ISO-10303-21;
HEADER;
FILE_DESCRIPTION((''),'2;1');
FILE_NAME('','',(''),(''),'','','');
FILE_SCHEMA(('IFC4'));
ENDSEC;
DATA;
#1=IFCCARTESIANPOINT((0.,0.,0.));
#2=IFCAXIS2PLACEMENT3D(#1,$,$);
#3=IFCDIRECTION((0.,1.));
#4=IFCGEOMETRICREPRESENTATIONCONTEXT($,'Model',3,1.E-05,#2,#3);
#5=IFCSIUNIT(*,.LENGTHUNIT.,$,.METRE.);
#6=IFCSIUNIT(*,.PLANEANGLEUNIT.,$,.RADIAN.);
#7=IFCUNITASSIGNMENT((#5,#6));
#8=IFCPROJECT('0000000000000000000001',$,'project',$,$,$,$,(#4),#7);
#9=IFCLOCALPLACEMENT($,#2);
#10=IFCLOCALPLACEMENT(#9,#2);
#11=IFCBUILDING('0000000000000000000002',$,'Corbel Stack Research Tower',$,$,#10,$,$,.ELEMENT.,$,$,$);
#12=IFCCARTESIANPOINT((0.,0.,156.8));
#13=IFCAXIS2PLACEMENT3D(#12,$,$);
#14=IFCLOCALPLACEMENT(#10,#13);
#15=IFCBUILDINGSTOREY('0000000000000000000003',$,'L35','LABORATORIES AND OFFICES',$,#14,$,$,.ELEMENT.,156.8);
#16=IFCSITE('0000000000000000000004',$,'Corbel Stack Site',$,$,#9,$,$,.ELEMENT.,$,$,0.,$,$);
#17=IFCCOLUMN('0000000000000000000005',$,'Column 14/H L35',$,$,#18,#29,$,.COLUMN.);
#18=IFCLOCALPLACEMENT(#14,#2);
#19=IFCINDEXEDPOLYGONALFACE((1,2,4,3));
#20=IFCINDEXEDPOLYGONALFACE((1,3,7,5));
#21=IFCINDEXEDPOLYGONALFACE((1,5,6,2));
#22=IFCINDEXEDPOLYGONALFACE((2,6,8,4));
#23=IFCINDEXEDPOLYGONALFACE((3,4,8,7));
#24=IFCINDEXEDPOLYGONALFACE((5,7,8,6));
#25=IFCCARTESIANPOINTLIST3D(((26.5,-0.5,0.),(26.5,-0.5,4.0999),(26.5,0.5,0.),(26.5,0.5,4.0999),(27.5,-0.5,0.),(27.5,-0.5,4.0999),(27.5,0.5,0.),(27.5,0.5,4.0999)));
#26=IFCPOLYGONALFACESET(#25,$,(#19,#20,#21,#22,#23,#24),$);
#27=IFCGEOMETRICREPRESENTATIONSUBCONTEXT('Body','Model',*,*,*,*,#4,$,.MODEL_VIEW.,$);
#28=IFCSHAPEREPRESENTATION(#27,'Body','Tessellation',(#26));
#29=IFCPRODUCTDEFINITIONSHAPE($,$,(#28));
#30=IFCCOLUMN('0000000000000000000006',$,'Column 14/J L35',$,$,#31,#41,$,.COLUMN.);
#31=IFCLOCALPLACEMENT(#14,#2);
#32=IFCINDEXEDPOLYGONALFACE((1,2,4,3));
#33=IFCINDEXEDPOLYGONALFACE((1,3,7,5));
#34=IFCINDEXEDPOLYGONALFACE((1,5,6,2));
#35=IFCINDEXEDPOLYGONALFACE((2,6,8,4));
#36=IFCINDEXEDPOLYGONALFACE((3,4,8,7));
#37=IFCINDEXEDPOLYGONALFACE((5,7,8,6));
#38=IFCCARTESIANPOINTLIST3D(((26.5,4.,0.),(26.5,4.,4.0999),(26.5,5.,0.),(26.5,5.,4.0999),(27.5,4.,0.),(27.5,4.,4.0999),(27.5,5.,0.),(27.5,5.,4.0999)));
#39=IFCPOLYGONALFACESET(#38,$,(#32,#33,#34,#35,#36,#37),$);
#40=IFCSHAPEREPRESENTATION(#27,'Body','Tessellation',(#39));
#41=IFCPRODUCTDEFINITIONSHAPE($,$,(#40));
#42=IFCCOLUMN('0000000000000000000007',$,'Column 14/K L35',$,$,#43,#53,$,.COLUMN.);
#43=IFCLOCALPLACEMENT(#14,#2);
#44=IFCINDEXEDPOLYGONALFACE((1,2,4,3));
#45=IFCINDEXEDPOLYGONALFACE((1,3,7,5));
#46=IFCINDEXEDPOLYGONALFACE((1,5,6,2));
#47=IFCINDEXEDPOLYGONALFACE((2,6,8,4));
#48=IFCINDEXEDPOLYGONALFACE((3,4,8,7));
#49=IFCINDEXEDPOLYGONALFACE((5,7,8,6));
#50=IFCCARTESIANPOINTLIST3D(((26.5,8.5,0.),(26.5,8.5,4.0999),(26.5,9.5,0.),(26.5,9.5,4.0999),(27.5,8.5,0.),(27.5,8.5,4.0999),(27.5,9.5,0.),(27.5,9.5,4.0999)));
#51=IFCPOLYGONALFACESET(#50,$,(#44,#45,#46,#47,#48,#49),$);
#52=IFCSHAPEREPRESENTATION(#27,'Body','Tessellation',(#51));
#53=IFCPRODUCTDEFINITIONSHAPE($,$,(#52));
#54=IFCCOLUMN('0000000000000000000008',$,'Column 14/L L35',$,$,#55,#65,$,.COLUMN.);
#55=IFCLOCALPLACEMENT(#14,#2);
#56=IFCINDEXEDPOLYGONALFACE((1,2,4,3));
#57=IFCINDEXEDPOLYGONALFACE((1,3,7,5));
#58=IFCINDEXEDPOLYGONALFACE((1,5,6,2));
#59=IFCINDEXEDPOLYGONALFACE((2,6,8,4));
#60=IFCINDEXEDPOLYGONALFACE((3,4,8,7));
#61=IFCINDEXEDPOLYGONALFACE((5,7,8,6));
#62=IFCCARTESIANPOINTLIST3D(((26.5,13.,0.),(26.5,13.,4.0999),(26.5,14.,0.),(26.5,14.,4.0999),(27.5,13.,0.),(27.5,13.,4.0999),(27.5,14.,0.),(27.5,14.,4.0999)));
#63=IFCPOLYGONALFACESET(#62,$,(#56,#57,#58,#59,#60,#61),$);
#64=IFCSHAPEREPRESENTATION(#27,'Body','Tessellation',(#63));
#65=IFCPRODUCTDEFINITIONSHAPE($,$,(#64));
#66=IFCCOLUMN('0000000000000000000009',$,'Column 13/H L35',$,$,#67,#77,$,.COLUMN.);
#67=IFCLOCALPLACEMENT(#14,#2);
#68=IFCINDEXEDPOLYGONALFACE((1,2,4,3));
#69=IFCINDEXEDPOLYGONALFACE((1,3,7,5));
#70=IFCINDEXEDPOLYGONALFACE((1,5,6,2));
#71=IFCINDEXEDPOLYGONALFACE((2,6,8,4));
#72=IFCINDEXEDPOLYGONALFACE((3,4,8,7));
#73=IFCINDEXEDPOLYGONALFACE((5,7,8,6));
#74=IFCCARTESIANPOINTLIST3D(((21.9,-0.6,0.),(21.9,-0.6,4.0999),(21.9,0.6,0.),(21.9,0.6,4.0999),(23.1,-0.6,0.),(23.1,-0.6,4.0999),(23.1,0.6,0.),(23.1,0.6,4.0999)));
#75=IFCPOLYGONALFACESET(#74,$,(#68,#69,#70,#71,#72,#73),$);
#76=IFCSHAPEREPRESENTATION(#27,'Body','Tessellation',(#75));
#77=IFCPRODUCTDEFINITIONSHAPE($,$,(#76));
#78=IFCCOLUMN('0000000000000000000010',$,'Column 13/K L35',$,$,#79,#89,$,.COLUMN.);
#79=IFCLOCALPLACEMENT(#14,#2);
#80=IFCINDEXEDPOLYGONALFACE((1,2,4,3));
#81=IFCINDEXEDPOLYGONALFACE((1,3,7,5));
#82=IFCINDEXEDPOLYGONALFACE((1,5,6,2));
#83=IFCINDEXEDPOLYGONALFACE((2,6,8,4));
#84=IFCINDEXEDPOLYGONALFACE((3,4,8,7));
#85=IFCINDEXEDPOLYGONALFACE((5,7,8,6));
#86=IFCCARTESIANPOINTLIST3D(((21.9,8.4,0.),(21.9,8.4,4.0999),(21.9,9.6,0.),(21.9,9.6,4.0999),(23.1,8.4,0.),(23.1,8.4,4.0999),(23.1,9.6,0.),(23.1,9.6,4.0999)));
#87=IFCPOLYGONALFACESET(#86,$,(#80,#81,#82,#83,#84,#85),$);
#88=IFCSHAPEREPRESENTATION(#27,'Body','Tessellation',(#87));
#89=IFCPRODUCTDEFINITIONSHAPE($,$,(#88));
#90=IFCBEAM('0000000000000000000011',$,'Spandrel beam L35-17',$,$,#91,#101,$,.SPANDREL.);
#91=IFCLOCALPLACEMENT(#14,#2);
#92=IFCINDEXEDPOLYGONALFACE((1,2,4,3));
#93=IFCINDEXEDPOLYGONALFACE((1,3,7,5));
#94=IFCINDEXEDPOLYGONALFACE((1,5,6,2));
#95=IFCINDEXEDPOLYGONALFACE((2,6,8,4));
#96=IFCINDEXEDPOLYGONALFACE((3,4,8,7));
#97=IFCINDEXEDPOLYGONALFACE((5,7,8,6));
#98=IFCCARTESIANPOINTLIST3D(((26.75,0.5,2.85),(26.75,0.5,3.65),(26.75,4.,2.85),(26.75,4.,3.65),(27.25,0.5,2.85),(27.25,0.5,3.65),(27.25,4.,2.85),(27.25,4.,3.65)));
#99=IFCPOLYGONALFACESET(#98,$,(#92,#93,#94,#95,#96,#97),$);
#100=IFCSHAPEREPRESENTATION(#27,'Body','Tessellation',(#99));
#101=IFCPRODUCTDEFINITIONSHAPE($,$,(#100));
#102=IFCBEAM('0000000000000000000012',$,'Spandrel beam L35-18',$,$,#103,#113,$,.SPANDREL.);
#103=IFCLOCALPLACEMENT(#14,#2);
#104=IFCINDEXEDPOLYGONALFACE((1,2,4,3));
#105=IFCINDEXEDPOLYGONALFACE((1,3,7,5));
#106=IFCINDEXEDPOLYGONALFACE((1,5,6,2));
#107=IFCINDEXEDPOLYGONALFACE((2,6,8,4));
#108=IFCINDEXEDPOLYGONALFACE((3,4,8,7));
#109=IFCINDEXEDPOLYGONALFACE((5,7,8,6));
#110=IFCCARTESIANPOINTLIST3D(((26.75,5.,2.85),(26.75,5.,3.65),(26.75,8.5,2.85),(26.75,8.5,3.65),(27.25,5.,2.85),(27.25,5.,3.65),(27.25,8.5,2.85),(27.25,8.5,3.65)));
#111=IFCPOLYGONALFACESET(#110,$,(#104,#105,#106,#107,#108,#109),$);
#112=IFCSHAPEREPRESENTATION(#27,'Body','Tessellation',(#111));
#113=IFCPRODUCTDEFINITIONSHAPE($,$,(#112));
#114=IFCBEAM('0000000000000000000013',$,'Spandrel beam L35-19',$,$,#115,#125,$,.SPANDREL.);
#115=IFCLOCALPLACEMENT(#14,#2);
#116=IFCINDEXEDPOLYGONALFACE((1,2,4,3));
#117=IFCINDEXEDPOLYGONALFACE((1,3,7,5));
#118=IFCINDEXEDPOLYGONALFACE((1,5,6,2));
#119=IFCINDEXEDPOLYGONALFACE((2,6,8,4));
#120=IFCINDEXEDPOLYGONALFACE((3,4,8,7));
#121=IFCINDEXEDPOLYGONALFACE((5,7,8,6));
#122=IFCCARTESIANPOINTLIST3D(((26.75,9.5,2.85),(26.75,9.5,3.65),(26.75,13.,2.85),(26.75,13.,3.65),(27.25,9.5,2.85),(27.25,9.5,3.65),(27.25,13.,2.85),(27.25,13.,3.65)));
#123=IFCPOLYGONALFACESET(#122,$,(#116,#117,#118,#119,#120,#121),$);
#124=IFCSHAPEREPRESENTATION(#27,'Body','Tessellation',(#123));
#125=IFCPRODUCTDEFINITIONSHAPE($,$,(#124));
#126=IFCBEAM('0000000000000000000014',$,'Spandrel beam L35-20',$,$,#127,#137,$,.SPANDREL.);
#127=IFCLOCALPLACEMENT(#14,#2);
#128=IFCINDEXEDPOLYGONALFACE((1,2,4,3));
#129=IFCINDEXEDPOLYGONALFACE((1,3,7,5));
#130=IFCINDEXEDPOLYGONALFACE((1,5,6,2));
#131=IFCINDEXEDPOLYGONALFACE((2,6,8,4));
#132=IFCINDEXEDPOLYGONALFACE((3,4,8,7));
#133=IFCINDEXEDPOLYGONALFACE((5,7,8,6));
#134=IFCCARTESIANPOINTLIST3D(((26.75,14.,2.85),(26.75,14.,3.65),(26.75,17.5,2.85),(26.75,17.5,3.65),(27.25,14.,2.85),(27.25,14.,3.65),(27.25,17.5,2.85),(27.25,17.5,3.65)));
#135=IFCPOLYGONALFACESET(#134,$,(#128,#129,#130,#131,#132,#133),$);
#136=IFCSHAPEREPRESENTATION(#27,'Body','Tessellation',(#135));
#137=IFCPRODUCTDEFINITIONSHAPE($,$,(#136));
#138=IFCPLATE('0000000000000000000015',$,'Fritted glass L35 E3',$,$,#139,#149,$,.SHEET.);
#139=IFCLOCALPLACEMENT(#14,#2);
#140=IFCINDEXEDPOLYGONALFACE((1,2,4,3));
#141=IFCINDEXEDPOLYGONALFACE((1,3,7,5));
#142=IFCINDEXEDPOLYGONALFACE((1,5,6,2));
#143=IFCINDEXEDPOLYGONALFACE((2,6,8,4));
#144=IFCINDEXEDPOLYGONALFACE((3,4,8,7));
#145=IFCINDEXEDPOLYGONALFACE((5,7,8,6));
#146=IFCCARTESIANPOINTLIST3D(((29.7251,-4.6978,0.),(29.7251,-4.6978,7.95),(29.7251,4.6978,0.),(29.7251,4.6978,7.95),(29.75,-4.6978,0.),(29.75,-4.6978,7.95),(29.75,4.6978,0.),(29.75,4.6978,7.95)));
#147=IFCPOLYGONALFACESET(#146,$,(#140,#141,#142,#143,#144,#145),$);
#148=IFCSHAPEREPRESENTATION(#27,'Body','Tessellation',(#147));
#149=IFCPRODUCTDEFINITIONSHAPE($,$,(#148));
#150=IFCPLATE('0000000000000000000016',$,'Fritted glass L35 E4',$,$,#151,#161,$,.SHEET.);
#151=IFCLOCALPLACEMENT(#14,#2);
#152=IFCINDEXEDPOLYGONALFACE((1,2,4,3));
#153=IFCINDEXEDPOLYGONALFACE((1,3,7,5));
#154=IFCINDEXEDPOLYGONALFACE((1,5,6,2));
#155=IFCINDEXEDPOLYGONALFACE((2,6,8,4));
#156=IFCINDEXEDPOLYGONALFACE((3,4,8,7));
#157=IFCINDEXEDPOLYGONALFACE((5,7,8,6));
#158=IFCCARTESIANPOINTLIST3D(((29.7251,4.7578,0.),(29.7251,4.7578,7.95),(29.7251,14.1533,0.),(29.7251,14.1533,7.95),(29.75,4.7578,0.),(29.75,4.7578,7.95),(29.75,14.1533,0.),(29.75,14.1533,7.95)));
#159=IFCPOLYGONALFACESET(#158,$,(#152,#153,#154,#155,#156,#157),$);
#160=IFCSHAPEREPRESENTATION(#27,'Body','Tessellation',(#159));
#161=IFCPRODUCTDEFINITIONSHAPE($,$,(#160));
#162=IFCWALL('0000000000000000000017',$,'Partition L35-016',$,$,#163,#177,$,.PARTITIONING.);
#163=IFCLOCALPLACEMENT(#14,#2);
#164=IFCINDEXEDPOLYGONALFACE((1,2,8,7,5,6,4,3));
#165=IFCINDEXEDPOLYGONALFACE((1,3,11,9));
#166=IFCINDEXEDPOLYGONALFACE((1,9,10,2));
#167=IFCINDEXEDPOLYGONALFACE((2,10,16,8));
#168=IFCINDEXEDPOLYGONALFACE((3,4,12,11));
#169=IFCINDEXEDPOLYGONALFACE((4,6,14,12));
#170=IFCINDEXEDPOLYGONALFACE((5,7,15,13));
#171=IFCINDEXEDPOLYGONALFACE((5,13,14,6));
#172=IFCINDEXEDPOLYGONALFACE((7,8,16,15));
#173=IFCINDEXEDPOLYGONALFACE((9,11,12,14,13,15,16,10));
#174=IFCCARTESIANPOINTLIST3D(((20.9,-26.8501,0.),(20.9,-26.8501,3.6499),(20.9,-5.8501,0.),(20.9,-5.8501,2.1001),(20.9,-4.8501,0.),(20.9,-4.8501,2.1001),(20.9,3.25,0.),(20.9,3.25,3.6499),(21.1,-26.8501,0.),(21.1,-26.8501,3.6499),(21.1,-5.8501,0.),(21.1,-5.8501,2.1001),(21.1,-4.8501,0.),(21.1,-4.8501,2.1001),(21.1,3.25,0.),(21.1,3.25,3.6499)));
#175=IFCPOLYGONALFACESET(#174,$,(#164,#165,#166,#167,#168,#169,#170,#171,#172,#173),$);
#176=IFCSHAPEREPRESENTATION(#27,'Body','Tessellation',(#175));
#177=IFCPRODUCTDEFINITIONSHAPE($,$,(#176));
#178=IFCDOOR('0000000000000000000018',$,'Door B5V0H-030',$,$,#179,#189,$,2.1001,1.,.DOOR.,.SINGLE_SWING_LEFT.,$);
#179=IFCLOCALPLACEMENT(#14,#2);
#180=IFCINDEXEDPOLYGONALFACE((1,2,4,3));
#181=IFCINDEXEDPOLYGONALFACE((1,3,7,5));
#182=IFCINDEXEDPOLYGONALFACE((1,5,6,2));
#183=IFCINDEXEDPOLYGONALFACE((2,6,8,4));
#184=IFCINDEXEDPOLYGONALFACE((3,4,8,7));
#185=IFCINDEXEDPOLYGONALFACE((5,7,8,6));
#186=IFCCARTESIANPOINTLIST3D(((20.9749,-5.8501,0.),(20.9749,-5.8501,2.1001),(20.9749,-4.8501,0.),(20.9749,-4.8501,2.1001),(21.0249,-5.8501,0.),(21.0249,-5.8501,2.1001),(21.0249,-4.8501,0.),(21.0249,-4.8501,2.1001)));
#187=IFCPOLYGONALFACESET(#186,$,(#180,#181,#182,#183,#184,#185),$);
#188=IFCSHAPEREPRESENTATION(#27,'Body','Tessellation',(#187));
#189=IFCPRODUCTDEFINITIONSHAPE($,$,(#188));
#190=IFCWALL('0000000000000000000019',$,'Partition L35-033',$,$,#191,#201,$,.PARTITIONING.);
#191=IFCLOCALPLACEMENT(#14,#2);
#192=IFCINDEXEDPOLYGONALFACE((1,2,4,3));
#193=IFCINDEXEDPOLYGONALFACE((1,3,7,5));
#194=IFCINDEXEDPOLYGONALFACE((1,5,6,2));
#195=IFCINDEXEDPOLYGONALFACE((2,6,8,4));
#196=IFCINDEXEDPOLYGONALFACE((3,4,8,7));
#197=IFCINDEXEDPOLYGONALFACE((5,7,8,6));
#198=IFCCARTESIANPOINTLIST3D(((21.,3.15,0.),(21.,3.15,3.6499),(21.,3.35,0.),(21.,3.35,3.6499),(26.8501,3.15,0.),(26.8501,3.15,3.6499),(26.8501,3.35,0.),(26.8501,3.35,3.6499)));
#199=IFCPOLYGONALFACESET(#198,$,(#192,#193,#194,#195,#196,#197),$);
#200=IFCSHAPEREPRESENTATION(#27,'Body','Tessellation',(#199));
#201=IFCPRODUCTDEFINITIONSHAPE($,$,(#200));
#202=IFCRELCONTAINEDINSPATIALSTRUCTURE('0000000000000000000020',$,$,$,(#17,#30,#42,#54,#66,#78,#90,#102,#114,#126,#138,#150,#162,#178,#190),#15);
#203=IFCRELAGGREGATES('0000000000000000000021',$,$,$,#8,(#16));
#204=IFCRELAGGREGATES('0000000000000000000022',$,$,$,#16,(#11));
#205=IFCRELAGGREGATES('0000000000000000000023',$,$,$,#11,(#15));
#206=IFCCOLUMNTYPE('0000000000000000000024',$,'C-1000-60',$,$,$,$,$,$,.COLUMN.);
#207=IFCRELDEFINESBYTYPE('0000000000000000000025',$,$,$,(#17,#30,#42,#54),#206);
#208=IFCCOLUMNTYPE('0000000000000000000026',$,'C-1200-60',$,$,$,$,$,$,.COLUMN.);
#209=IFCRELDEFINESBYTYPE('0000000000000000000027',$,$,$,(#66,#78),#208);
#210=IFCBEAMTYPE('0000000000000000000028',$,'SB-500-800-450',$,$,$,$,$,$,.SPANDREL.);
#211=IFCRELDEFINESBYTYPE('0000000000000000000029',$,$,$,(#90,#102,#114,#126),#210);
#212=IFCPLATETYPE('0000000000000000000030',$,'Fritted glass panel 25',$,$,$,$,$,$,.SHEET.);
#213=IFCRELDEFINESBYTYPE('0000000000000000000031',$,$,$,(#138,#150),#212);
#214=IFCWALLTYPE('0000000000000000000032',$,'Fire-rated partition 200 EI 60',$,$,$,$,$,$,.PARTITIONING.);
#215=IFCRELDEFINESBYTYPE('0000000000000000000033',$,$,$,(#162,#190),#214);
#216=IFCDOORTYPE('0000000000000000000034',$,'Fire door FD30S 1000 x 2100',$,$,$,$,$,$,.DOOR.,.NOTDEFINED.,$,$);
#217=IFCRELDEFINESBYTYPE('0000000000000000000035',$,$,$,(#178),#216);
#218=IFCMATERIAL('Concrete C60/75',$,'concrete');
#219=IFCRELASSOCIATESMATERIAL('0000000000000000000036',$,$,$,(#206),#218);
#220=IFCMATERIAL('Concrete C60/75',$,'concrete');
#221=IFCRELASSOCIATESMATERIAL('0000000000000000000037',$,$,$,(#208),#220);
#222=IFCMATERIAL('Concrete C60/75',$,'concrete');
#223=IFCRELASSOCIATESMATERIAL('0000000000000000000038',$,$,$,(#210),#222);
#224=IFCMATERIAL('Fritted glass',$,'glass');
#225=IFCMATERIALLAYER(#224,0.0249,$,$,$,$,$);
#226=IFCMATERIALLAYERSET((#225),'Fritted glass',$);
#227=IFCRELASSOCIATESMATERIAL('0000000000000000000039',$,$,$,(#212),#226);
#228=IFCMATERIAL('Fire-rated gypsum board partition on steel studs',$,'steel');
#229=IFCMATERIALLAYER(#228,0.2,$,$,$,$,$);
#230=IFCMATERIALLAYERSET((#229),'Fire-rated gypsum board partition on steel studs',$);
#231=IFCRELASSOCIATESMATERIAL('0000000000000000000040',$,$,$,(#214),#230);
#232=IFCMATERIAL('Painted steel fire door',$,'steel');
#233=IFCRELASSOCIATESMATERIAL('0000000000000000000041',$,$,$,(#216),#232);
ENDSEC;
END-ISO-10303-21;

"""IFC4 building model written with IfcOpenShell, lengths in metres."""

from ifc_helpers import new_model, si_unit, direction, frame, frame_2d, origin, origin_2d, place, context, subcontext, project, spatial, rectangle, extrude, material, layer, layer_set, material_profile, profile_set, type_object, element, fill, save


model = new_model("IFC4")

# Units and contexts
model_context = context("Model", 3, precision=1e-05, world=origin(), true_north=direction((0.0, 1.0)))
body_context = subcontext(model_context, "Body", "Model", "MODEL_VIEW")
ifc_project = project(units=[si_unit("LENGTHUNIT", "METRE"), si_unit("PLANEANGLEUNIT", "RADIAN")], contexts=[model_context])

# Site, building, storey
site_placement = place(None, origin())
site = spatial("IfcSite", under=ifc_project, at=site_placement, Name="Corbel Stack Site", CompositionType="ELEMENT", RefElevation=0.0)
building_placement = place(site_placement, origin())
building = spatial("IfcBuilding", under=site, at=building_placement, Name="Corbel Stack Research Tower", CompositionType="ELEMENT")
storey_placement = place(building_placement, frame((0.0, 0.0, 156.8)))
storey = spatial("IfcBuildingStorey", under=building, at=storey_placement, Name="L35", Description="LABORATORIES AND OFFICES", CompositionType="ELEMENT", Elevation=156.8)

# Columns
ifc_material_1 = material(Name="Concrete C60/75", Category="concrete")
ifc_material_profile_1 = material_profile(ifc_material_1, rectangle(XDim=1.0, YDim=1.0, at=origin_2d()), Name="RC 1000 x 1000")
ifc_profile_set_1 = profile_set([ifc_material_profile_1], Name="Concrete C60/75")
column_type_1 = type_object("IfcColumnType", Name="C-1000-60", PredefinedType="COLUMN", material=ifc_profile_set_1)
for number, where, z_axis, x_axis, name in (
    (1, (27.0, 0.0, 0.0), (0.0, 0.0, 1.0), (1.0, 0.0, 0.0), "Column 14/H L35"),
    (2, (27.0, 4.5, 0.0), (0.0, 0.0, 1.0), (1.0, 0.0, 0.0), "Column 14/J L35"),
    (3, (27.0, 9.0, 0.0), (0.0, 0.0, 1.0), (1.0, 0.0, 0.0), "Column 14/K L35"),
    (4, (27.0, 13.5, 0.0), (0.0, 0.0, 1.0), (1.0, 0.0, 0.0), "Column 14/L L35"),
):
    element("IfcColumn", number, at=place(storey_placement, frame(where, z_axis=z_axis, x_axis=x_axis)), inside=storey, type_object=column_type_1, Name=name, PredefinedType="COLUMN", context=body_context, shape_type="SweptSolid", body=[
        extrude(rectangle(XDim=1.0, YDim=1.0, at=origin_2d()), origin(), (0.0, 0.0, 1.0), 4.0999),
    ])
ifc_material_2 = material(Name="Concrete C60/75", Category="concrete")
ifc_material_profile_2 = material_profile(ifc_material_2, rectangle(XDim=1.2, YDim=1.2, at=origin_2d()), Name="RC 1200 x 1200")
ifc_profile_set_2 = profile_set([ifc_material_profile_2], Name="Concrete C60/75")
column_type_2 = type_object("IfcColumnType", Name="C-1200-60", PredefinedType="COLUMN", material=ifc_profile_set_2)
for number, where, z_axis, x_axis, name in (
    (5, (22.5, 0.0, 0.0), (0.0, 0.0, 1.0), (1.0, 0.0, 0.0), "Column 13/H L35"),
    (6, (22.5, 9.0, 0.0), (0.0, 0.0, 1.0), (1.0, 0.0, 0.0), "Column 13/K L35"),
):
    element("IfcColumn", number, at=place(storey_placement, frame(where, z_axis=z_axis, x_axis=x_axis)), inside=storey, type_object=column_type_2, Name=name, PredefinedType="COLUMN", context=body_context, shape_type="SweptSolid", body=[
        extrude(rectangle(XDim=1.2, YDim=1.2, at=origin_2d()), origin(), (0.0, 0.0, 1.0), 4.0999),
    ])

# Beams
ifc_material_3 = material(Name="Concrete C60/75", Category="concrete")
ifc_material_profile_3 = material_profile(ifc_material_3, rectangle(XDim=0.5, YDim=0.8, at=origin_2d()), Name="RC 500 x 800")
ifc_profile_set_3 = profile_set([ifc_material_profile_3], Name="Concrete C60/75")
beam_type = type_object("IfcBeamType", Name="SB-500-800-450", PredefinedType="SPANDREL", material=ifc_profile_set_3)
for number, where, z_axis, x_axis, name in (
    (7, (27.0, 0.5, 3.25), (0.0, 1.0, 0.0), (-1.0, 0.0, 0.0), "Spandrel beam L35-17"),
    (8, (27.0, 5.0, 3.25), (0.0, 1.0, 0.0), (-1.0, 0.0, 0.0), "Spandrel beam L35-18"),
    (9, (27.0, 9.5, 3.25), (0.0, 1.0, 0.0), (-1.0, 0.0, 0.0), "Spandrel beam L35-19"),
    (10, (27.0, 14.0, 3.25), (0.0, 1.0, 0.0), (-1.0, 0.0, 0.0), "Spandrel beam L35-20"),
):
    element("IfcBeam", number, at=place(storey_placement, frame(where, z_axis=z_axis, x_axis=x_axis)), inside=storey, type_object=beam_type, Name=name, PredefinedType="SPANDREL", context=body_context, shape_type="SweptSolid", body=[
        extrude(rectangle(XDim=0.5, YDim=0.8, at=origin_2d()), origin(), (0.0, 0.0, 1.0), 3.5),
    ])

# Plates
ifc_material_4 = material(Name="Fritted glass", Category="glass")
ifc_layer_1 = layer(ifc_material_4, 0.0249)
ifc_layer_set_1 = layer_set([ifc_layer_1], Name="Fritted glass")
plate_type = type_object("IfcPlateType", Name="Fritted glass panel 25", PredefinedType="SHEET", material=ifc_layer_set_1)
for number, where, z_axis, x_axis, name in (
    (11, (29.7375, 0.0, 0.0), (0.0, 0.0, 1.0), (0.0, 1.0, 0.0), "Fritted glass L35 E3"),
    (12, (29.7375, 9.4556, 0.0), (0.0, 0.0, 1.0), (0.0, 1.0, 0.0), "Fritted glass L35 E4"),
):
    element("IfcPlate", number, at=place(storey_placement, frame(where, z_axis=z_axis, x_axis=x_axis)), inside=storey, type_object=plate_type, Name=name, PredefinedType="SHEET", context=body_context, shape_type="SweptSolid", body=[
        extrude(rectangle(XDim=9.3955, YDim=0.0249, at=origin_2d()), origin(), (0.0, 0.0, 1.0), 7.95),
    ])

# Wall, opening, door
ifc_material_5 = material(Name="Fire-rated gypsum board partition on steel studs", Category="steel")
ifc_layer_2 = layer(ifc_material_5, 0.2)
ifc_layer_set_2 = layer_set([ifc_layer_2], Name="Fire-rated gypsum board partition on steel studs")
wall_type_1 = type_object("IfcWallType", Name="Fire-rated partition 200 EI 60", PredefinedType="PARTITIONING", material=ifc_layer_set_2)
wall_1_placement = place(storey_placement, frame((21.0, 3.25, 0.0), z_axis=(0.0, 0.0, 1.0), x_axis=(0.0, -1.0, 0.0)))
wall_1 = element("IfcWall", 13, at=wall_1_placement, inside=storey, type_object=wall_type_1, Name="Partition L35-016", PredefinedType="PARTITIONING", context=body_context, shape_type="SweptSolid", body=[
    extrude(rectangle(XDim=30.1001, YDim=0.2, at=frame_2d((15.05, 0.0))), origin(), (0.0, 0.0, 1.0), 3.6499),
])
opening_1_placement = place(wall_1_placement, frame((8.1001, 0.0, 0.0)))
opening_1 = element("IfcOpeningElement", 14, at=opening_1_placement, cuts=wall_1, PredefinedType="OPENING", context=body_context, shape_type="SweptSolid", body=[
    extrude(rectangle(XDim=1.0, YDim=2.1001, at=frame_2d((0.5, 1.05))), frame((0.0, 0.1099, 0.0), z_axis=(0.0, -1.0, 0.0), x_axis=(1.0, 0.0, 0.0)), (0.0, 0.0, 1.0), 0.22),
])
ifc_material_6 = material(Name="Painted steel fire door", Category="steel")
door_type_1 = type_object("IfcDoorType", Name="Fire door FD30S 1000 x 2100", OperationType="NOTDEFINED", PredefinedType="DOOR", material=ifc_material_6)
door_1_placement = place(opening_1_placement, origin())
door_1 = element("IfcDoor", 15, at=door_1_placement, inside=storey, type_object=door_type_1, Name="Door B5V0H-030", OperationType="SINGLE_SWING_LEFT", OverallHeight=2.1001, OverallWidth=1.0, PredefinedType="DOOR", context=body_context, shape_type="SweptSolid", body=[
    extrude(rectangle(XDim=1.0, YDim=2.1001, at=frame_2d((0.5, 1.05))), frame((0.0, 0.0249, 0.0), z_axis=(0.0, -1.0, 0.0), x_axis=(1.0, 0.0, 0.0)), (0.0, 0.0, 1.0), 0.05),
])
fill(opening_1, door_1)

# Wall
for number, where, z_axis, x_axis, name in (
    (16, (21.0, 3.25, 0.0), (0.0, 0.0, 1.0), (1.0, 0.0, 0.0), "Partition L35-033"),
):
    element("IfcWall", number, at=place(storey_placement, frame(where, z_axis=z_axis, x_axis=x_axis)), inside=storey, type_object=wall_type_1, Name=name, PredefinedType="PARTITIONING", context=body_context, shape_type="SweptSolid", body=[
        extrude(rectangle(XDim=5.8501, YDim=0.2, at=frame_2d((2.925, 0.0))), origin(), (0.0, 0.0, 1.0), 3.6499),
    ])

save(model, "model.ifc")
